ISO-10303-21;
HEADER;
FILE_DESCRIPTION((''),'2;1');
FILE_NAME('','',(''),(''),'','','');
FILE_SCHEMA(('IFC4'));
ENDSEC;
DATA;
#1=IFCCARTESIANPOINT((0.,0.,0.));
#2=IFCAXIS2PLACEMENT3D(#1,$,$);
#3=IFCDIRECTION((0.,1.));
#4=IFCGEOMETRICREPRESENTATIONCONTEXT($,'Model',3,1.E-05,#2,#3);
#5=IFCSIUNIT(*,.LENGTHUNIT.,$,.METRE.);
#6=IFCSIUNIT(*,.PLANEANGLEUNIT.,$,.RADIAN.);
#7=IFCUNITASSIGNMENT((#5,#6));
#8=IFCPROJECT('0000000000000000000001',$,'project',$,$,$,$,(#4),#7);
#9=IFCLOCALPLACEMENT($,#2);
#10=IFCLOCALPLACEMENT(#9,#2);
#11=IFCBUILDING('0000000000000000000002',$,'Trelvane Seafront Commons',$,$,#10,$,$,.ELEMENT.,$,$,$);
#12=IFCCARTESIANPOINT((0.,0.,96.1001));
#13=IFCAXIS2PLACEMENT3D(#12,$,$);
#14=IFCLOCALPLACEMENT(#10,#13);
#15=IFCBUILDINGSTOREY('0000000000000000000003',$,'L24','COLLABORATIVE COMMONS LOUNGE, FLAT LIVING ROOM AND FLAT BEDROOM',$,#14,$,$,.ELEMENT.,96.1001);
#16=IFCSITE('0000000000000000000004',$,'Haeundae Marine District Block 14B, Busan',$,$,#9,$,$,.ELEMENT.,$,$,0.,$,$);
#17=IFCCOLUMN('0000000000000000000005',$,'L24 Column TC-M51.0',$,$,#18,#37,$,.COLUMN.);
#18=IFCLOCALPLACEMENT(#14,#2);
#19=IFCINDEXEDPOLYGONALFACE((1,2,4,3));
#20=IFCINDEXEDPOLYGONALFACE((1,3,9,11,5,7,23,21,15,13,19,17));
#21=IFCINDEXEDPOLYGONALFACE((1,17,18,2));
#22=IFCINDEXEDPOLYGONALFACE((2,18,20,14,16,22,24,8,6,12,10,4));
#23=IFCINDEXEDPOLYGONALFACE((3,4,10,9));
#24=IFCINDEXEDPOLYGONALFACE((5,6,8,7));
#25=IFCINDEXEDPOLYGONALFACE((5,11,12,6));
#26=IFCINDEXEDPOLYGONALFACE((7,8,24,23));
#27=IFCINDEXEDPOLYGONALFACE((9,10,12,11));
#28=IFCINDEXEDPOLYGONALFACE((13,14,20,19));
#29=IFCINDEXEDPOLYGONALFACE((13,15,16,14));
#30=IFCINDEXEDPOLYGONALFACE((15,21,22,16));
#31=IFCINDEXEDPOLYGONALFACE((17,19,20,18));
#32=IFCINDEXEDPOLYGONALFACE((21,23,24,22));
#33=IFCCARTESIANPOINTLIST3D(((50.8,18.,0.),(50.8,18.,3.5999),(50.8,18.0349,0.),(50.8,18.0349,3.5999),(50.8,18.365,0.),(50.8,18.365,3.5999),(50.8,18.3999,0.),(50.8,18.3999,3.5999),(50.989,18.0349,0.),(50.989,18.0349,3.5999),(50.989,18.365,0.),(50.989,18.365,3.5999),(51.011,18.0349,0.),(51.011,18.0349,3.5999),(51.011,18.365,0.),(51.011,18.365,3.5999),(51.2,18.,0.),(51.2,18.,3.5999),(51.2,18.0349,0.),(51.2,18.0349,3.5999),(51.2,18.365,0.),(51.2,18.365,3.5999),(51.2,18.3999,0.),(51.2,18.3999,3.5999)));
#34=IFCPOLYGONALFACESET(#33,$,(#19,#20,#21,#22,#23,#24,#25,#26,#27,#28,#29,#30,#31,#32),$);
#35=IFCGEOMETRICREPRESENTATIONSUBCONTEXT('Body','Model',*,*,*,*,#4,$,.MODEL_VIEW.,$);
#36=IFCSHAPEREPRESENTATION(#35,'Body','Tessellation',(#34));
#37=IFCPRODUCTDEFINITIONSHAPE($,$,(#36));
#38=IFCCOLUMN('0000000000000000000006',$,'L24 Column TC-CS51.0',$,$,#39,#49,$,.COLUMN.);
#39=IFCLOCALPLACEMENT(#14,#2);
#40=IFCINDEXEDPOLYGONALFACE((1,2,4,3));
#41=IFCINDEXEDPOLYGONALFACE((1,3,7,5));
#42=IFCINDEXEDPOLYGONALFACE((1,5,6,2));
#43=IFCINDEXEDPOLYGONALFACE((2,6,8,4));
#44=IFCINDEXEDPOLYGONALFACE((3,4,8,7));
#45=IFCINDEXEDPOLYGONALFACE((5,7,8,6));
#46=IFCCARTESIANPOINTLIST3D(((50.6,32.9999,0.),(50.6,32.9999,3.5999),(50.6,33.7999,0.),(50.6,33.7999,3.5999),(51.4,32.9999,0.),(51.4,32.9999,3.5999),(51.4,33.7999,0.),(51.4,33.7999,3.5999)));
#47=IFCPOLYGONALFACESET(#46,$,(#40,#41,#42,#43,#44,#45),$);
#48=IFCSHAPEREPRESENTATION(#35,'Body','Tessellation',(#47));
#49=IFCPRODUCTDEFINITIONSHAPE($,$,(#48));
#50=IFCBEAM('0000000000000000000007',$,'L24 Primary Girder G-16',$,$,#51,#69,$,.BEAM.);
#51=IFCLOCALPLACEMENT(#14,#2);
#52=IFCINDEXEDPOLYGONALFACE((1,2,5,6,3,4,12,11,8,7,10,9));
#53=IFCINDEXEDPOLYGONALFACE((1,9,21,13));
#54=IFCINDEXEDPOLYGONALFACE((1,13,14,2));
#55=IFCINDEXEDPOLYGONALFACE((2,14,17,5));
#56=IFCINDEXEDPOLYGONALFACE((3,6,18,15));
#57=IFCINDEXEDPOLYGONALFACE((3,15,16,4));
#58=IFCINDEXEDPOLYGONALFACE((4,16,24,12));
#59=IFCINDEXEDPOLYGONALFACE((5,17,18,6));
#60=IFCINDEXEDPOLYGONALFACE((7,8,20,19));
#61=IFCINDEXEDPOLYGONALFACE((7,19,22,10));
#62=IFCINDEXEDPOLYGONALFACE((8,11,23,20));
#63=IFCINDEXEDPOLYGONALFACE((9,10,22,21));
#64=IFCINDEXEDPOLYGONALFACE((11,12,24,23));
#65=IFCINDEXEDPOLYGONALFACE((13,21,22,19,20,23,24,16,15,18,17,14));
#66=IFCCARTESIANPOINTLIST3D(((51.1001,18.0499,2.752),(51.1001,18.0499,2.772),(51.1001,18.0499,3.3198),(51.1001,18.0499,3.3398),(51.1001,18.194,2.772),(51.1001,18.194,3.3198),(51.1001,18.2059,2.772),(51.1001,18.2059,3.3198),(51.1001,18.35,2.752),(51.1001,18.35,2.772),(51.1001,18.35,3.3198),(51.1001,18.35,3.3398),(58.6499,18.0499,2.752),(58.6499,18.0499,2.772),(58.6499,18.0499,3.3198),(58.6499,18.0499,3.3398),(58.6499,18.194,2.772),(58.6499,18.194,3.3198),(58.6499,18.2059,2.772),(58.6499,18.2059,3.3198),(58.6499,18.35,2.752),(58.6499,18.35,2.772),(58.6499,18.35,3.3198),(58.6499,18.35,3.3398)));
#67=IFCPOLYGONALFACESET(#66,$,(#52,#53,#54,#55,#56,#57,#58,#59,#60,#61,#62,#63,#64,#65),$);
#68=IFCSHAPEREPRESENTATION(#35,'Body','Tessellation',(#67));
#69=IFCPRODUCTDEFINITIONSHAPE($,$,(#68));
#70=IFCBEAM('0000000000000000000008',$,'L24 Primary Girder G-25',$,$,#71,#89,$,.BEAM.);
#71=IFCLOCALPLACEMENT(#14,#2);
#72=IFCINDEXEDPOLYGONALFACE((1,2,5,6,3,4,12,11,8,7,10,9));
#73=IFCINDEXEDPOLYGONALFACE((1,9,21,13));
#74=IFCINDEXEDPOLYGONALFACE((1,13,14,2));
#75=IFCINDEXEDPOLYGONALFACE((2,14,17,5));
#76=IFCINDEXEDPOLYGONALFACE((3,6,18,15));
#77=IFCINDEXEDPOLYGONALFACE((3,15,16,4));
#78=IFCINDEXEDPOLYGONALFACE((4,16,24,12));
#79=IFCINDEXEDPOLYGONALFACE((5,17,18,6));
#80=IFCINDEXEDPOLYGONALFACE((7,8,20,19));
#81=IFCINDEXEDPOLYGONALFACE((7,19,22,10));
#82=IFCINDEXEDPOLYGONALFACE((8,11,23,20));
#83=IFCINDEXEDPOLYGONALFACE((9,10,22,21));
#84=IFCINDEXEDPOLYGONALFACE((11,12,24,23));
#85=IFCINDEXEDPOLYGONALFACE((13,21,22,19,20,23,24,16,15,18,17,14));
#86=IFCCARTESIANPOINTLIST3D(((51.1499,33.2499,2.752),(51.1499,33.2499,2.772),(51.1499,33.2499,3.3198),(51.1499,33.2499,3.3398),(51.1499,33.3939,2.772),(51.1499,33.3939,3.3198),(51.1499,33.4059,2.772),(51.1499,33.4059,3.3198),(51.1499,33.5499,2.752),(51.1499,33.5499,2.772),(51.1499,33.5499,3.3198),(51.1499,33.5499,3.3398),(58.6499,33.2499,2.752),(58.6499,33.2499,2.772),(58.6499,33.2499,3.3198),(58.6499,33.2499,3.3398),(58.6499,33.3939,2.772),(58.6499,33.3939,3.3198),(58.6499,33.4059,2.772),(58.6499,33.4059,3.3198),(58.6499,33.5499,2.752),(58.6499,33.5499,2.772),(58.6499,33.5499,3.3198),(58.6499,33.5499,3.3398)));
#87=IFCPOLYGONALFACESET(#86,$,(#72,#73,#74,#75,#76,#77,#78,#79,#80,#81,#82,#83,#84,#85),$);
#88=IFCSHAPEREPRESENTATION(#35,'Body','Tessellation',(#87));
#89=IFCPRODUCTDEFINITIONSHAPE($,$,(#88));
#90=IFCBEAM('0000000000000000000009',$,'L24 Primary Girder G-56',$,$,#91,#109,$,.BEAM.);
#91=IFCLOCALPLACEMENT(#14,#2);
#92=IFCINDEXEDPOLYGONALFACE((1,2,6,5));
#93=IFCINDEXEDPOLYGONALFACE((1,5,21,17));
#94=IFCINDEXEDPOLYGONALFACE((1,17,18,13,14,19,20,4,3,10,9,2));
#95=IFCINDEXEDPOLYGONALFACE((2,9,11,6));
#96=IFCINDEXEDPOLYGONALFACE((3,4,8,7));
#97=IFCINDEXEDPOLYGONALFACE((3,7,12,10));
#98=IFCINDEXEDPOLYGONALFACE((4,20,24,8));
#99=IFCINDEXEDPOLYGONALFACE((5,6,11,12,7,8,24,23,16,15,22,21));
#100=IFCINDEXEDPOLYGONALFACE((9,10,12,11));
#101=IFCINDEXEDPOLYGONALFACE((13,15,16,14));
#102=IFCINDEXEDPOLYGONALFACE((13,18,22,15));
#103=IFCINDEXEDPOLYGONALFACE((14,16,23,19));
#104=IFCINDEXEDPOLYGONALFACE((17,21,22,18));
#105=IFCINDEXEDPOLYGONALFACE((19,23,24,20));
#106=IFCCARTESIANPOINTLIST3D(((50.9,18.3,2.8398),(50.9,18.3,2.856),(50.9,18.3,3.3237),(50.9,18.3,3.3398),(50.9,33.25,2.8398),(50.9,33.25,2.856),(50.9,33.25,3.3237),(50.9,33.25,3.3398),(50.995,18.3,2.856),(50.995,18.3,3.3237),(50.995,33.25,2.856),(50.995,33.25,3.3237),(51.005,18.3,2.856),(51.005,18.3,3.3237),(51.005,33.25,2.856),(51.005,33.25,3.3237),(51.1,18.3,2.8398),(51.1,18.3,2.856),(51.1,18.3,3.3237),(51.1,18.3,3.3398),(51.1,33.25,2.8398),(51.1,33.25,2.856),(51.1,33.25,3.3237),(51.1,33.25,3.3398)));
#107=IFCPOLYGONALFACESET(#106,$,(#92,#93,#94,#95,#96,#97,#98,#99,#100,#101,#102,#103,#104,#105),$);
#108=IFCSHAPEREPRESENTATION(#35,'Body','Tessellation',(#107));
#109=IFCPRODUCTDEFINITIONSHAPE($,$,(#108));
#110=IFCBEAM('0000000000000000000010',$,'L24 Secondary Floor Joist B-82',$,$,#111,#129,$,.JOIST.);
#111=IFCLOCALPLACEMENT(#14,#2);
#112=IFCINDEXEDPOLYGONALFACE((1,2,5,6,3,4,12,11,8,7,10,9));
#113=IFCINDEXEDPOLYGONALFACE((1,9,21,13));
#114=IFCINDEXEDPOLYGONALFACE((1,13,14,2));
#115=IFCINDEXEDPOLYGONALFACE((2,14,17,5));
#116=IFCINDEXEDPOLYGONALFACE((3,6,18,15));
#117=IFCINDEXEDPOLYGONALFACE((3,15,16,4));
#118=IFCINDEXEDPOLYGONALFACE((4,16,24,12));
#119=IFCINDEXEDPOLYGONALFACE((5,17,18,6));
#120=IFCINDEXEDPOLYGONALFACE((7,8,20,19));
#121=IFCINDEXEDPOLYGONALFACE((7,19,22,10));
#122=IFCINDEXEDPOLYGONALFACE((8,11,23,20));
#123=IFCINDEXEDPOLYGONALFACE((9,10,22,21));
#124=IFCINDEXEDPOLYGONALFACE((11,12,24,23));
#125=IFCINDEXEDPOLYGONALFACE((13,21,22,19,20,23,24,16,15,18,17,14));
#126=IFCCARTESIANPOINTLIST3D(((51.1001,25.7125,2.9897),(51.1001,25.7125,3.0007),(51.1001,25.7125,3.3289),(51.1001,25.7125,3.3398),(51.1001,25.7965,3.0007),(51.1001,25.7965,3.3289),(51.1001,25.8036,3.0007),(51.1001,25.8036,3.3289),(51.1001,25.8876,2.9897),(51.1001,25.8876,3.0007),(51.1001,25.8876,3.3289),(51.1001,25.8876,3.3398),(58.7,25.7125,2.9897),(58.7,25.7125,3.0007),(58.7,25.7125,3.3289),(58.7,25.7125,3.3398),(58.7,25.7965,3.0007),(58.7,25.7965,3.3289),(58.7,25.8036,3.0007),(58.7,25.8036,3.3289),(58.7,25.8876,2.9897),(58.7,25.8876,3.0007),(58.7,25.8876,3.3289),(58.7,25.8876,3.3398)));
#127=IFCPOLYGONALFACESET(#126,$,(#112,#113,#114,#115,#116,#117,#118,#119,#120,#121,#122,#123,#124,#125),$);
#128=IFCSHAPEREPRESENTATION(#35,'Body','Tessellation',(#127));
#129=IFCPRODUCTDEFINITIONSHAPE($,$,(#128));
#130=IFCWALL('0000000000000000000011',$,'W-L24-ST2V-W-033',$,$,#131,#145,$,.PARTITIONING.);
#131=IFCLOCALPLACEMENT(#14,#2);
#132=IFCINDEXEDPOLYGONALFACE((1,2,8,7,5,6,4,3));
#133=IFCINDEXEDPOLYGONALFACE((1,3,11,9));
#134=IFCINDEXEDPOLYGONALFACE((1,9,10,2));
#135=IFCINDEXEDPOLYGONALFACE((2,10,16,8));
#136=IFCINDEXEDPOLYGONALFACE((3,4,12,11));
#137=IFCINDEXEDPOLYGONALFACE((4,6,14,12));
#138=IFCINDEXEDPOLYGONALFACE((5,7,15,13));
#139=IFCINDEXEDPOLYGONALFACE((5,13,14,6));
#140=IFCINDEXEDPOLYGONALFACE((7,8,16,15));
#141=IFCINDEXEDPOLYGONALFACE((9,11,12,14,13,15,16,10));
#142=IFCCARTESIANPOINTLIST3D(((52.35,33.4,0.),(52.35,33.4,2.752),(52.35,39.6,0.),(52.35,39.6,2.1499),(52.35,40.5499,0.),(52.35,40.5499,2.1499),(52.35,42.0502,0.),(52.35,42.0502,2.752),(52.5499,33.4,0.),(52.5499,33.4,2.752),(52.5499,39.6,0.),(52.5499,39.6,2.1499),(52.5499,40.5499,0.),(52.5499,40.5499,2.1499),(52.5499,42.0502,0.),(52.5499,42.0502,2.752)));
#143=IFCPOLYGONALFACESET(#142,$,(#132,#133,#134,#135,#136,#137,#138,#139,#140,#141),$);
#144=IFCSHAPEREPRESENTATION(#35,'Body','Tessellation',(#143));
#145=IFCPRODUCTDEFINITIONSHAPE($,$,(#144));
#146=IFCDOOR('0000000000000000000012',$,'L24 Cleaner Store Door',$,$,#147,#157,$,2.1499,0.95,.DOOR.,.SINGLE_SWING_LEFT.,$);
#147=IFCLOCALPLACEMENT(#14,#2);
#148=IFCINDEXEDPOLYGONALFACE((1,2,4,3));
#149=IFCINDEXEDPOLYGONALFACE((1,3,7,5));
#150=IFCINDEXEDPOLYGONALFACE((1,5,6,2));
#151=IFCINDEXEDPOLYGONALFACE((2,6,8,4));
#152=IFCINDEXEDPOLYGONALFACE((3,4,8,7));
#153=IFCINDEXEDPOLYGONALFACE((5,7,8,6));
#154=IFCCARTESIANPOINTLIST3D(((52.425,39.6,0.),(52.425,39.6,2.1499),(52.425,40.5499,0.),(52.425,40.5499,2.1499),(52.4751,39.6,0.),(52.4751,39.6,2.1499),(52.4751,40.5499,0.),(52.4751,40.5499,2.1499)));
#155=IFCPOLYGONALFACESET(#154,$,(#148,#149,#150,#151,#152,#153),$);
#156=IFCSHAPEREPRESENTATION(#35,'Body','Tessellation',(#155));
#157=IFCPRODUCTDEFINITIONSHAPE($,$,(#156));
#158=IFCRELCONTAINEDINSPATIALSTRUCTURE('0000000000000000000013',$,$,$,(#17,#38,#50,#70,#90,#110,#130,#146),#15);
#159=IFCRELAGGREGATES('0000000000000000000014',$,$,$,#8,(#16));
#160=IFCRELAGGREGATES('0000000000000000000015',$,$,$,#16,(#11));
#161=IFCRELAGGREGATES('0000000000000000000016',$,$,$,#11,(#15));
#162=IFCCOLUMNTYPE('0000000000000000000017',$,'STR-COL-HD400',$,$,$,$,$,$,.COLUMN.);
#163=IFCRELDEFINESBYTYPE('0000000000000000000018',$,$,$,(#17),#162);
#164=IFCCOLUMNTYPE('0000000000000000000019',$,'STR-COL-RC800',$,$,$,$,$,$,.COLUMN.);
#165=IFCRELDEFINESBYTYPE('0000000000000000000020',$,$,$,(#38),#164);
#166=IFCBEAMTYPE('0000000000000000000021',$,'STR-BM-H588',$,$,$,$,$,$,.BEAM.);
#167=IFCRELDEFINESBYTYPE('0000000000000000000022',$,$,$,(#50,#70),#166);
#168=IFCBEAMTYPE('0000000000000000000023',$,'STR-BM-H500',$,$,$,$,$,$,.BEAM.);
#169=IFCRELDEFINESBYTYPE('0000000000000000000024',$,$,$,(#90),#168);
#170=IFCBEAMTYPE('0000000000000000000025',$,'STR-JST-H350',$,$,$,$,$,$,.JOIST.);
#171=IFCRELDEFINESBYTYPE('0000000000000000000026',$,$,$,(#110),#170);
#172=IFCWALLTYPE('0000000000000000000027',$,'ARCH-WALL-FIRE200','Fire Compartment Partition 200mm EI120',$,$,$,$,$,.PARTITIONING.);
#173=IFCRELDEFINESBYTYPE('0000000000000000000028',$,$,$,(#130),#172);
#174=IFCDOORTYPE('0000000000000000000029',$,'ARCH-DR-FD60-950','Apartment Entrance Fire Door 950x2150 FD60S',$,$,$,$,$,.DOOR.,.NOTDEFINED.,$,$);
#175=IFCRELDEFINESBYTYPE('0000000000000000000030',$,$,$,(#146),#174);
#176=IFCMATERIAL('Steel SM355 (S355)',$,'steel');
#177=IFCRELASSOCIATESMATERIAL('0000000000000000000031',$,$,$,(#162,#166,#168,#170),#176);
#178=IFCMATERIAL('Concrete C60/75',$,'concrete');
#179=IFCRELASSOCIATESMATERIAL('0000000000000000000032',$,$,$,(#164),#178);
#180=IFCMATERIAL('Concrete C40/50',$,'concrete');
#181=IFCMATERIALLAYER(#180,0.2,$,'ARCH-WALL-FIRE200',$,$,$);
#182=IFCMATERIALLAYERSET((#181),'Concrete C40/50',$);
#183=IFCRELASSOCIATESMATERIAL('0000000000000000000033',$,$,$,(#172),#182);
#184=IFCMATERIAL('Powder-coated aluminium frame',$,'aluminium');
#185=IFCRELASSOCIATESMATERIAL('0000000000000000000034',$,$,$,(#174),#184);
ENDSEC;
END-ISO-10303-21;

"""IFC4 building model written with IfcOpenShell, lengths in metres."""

from ifc_helpers import new_model, si_unit, direction, frame, frame_2d, origin, origin_2d, place, context, subcontext, project, spatial, rectangle, i_section, extrude, source, transform, mapped, material, layer, layer_set, material_profile, profile_set, type_object, element, fill, save


model = new_model("IFC4")

# Units and contexts
model_context = context("Model", 3, precision=1e-05, world=origin(), true_north=direction((0.0, 1.0)))
body_context = subcontext(model_context, "Body", "Model", "MODEL_VIEW")
ifc_project = project(units=[si_unit("LENGTHUNIT", "METRE"), si_unit("PLANEANGLEUNIT", "RADIAN")], contexts=[model_context])

# Site, building, storey
site_placement = place(None, origin())
site = spatial("IfcSite", under=ifc_project, at=site_placement, Name="Haeundae Marine District Block 14B, Busan", CompositionType="ELEMENT", RefElevation=0.0)
building_placement = place(site_placement, origin())
building = spatial("IfcBuilding", under=site, at=building_placement, Name="Trelvane Seafront Commons", CompositionType="ELEMENT")
storey_placement = place(building_placement, frame((0.0, 0.0, 96.1001)))
storey = spatial("IfcBuildingStorey", under=building, at=storey_placement, Name="L24", Description="COLLABORATIVE COMMONS LOUNGE, FLAT LIVING ROOM AND FLAT BEDROOM", CompositionType="ELEMENT", Elevation=96.1001)

# Columns
ifc_material_1 = material(Name="Steel SM355 (S355)", Category="steel")
ifc_material_profile_1 = material_profile(ifc_material_1, i_section(OverallWidth=0.3999, OverallDepth=0.3999, WebThickness=0.022, FlangeThickness=0.0349, at=origin_2d()), Name="HD-400x400x22x35")
ifc_profile_set_1 = profile_set([ifc_material_profile_1], Name="Steel SM355 (S355)")
column_type_1 = type_object("IfcColumnType", Name="STR-COL-HD400", PredefinedType="COLUMN", material=ifc_profile_set_1)
shared_shape_1 = source(origin(), body_context, "Body", "SweptSolid", [
    extrude(i_section(OverallWidth=0.3999, OverallDepth=0.3999, WebThickness=0.022, FlangeThickness=0.0349, at=origin_2d()), origin(), (0.0, 0.0, 1.0), 3.5999),
])
column_1_placement = place(storey_placement, frame((51.0, 18.2, 0.0), z_axis=(0.0, 0.0, 1.0), x_axis=(1.0, 0.0, 0.0)))
element("IfcColumn", 1, at=column_1_placement, inside=storey, type_object=column_type_1, Name="L24 Column TC-M51.0", PredefinedType="COLUMN", context=body_context, shape_type="MappedRepresentation", body=[
    mapped(shared_shape_1, transform((0.0, 0.0, 0.0), x_axis=(1.0, 0.0, 0.0), y_axis=(0.0, 1.0, 0.0), z_axis=(0.0, 0.0, 1.0), scale=1.0)),
])
ifc_material_2 = material(Name="Concrete C60/75", Category="concrete")
ifc_material_profile_2 = material_profile(ifc_material_2, rectangle(XDim=0.8, YDim=0.8, at=origin_2d()), Name="RC-800x800")
ifc_profile_set_2 = profile_set([ifc_material_profile_2], Name="Concrete C60/75")
column_type_2 = type_object("IfcColumnType", Name="STR-COL-RC800", PredefinedType="COLUMN", material=ifc_profile_set_2)
shared_shape_2 = source(origin(), body_context, "Body", "SweptSolid", [
    extrude(rectangle(XDim=0.8, YDim=0.8, at=origin_2d()), origin(), (0.0, 0.0, 1.0), 3.5999),
])
column_2_placement = place(storey_placement, frame((51.0, 33.3999, 0.0), z_axis=(0.0, 0.0, 1.0), x_axis=(1.0, 0.0, 0.0)))
element("IfcColumn", 2, at=column_2_placement, inside=storey, type_object=column_type_2, Name="L24 Column TC-CS51.0", PredefinedType="COLUMN", context=body_context, shape_type="MappedRepresentation", body=[
    mapped(shared_shape_2, transform((0.0, 0.0, 0.0), x_axis=(1.0, 0.0, 0.0), y_axis=(0.0, 1.0, 0.0), z_axis=(0.0, 0.0, 1.0), scale=1.0)),
])

# Beams
ifc_material_profile_3 = material_profile(ifc_material_1, i_section(OverallWidth=0.3, OverallDepth=0.5879, WebThickness=0.012, FlangeThickness=0.02, at=origin_2d()), Name="H-588x300x12x20")
ifc_profile_set_3 = profile_set([ifc_material_profile_3], Name="Steel SM355 (S355)")
beam_type_1 = type_object("IfcBeamType", Name="STR-BM-H588", PredefinedType="BEAM", material=ifc_profile_set_3)
shared_shape_3 = source(origin(), body_context, "Body", "SweptSolid", [
    extrude(i_section(OverallWidth=0.3, OverallDepth=0.5879, WebThickness=0.012, FlangeThickness=0.02, at=origin_2d()), origin(), (0.0, 0.0, 1.0), 7.5498),
])
beam_1_placement = place(storey_placement, frame((51.1001, 18.2, 3.0459), z_axis=(1.0, 0.0, 0.0), x_axis=(0.0, 1.0, 0.0)))
element("IfcBeam", 3, at=beam_1_placement, inside=storey, type_object=beam_type_1, Name="L24 Primary Girder G-16", PredefinedType="BEAM", context=body_context, shape_type="MappedRepresentation", body=[
    mapped(shared_shape_3, transform((0.0, 0.0, 0.0), x_axis=(1.0, 0.0, 0.0), y_axis=(0.0, 1.0, 0.0), z_axis=(0.0, 0.0, 1.0), scale=1.0)),
])
shared_shape_4 = source(origin(), body_context, "Body", "SweptSolid", [
    extrude(i_section(OverallWidth=0.3, OverallDepth=0.5879, WebThickness=0.012, FlangeThickness=0.02, at=origin_2d()), origin(), (0.0, 0.0, 1.0), 7.5),
])
beam_2_placement = place(storey_placement, frame((51.1499, 33.3999, 3.0459), z_axis=(1.0, 0.0, 0.0), x_axis=(0.0, 1.0, 0.0)))
element("IfcBeam", 4, at=beam_2_placement, inside=storey, type_object=beam_type_1, Name="L24 Primary Girder G-25", PredefinedType="BEAM", context=body_context, shape_type="MappedRepresentation", body=[
    mapped(shared_shape_4, transform((0.0, 0.0, 0.0), x_axis=(1.0, 0.0, 0.0), y_axis=(0.0, 1.0, 0.0), z_axis=(0.0, 0.0, 1.0), scale=1.0)),
])
ifc_material_profile_4 = material_profile(ifc_material_1, i_section(OverallWidth=0.2, OverallDepth=0.5, WebThickness=0.01, FlangeThickness=0.0161, at=origin_2d()), Name="H-500x200x10x16")
ifc_profile_set_4 = profile_set([ifc_material_profile_4], Name="Steel SM355 (S355)")
beam_type_2 = type_object("IfcBeamType", Name="STR-BM-H500", PredefinedType="BEAM", material=ifc_profile_set_4)
shared_shape_5 = source(origin(), body_context, "Body", "SweptSolid", [
    extrude(i_section(OverallWidth=0.2, OverallDepth=0.5, WebThickness=0.01, FlangeThickness=0.0161, at=origin_2d()), origin(), (0.0, 0.0, 1.0), 14.95),
])
beam_3_placement = place(storey_placement, frame((51.0, 18.3, 3.0898), z_axis=(0.0, 1.0, 0.0), x_axis=(-1.0, 0.0, 0.0)))
element("IfcBeam", 5, at=beam_3_placement, inside=storey, type_object=beam_type_2, Name="L24 Primary Girder G-56", PredefinedType="BEAM", context=body_context, shape_type="MappedRepresentation", body=[
    mapped(shared_shape_5, transform((0.0, 0.0, 0.0), x_axis=(1.0, 0.0, 0.0), y_axis=(0.0, 1.0, 0.0), z_axis=(0.0, 0.0, 1.0), scale=1.0)),
])
ifc_material_profile_5 = material_profile(ifc_material_1, i_section(OverallWidth=0.175, OverallDepth=0.3501, WebThickness=0.0071, FlangeThickness=0.011, at=origin_2d()), Name="H-350x175x7x11")
ifc_profile_set_5 = profile_set([ifc_material_profile_5], Name="Steel SM355 (S355)")
beam_type_3 = type_object("IfcBeamType", Name="STR-JST-H350", PredefinedType="JOIST", material=ifc_profile_set_5)
shared_shape_6 = source(origin(), body_context, "Body", "SweptSolid", [
    extrude(i_section(OverallWidth=0.175, OverallDepth=0.3501, WebThickness=0.0071, FlangeThickness=0.011, at=origin_2d()), origin(), (0.0, 0.0, 1.0), 7.5999),
])
beam_4_placement = place(storey_placement, frame((51.1001, 25.8, 3.1648), z_axis=(1.0, 0.0, 0.0), x_axis=(0.0, 1.0, 0.0)))
element("IfcBeam", 6, at=beam_4_placement, inside=storey, type_object=beam_type_3, Name="L24 Secondary Floor Joist B-82", PredefinedType="JOIST", context=body_context, shape_type="MappedRepresentation", body=[
    mapped(shared_shape_6, transform((0.0, 0.0, 0.0), x_axis=(1.0, 0.0, 0.0), y_axis=(0.0, 1.0, 0.0), z_axis=(0.0, 0.0, 1.0), scale=1.0)),
])

# Wall, opening, door
ifc_material_3 = material(Name="Concrete C40/50", Category="concrete")
ifc_layer_1 = layer(ifc_material_3, 0.2, Name="ARCH-WALL-FIRE200")
ifc_layer_set_1 = layer_set([ifc_layer_1], Name="Concrete C40/50")
wall_type_1 = type_object("IfcWallType", Name="ARCH-WALL-FIRE200", Description="Fire Compartment Partition 200mm EI120", PredefinedType="PARTITIONING", material=ifc_layer_set_1)
wall_1_placement = place(storey_placement, frame((52.45, 33.3999, 0.0), z_axis=(0.0, 0.0, 1.0), x_axis=(0.0, 1.0, 0.0)))
wall_1 = element("IfcWall", 7, at=wall_1_placement, inside=storey, type_object=wall_type_1, Name="W-L24-ST2V-W-033", PredefinedType="PARTITIONING", context=body_context, shape_type="SweptSolid", body=[
    extrude(rectangle(XDim=8.6501, YDim=0.2, at=frame_2d((4.3252, 0.0))), origin(), (0.0, 0.0, 1.0), 2.752),
])
opening_1_placement = place(wall_1_placement, frame((6.2, 0.0, 0.0)))
opening_1 = element("IfcOpeningElement", 8, at=opening_1_placement, cuts=wall_1, PredefinedType="OPENING", context=body_context, shape_type="SweptSolid", body=[
    extrude(rectangle(XDim=0.95, YDim=2.1499, at=frame_2d((0.4751, 1.075))), frame((0.0, 0.1099, 0.0), z_axis=(0.0, -1.0, 0.0), x_axis=(1.0, 0.0, 0.0)), (0.0, 0.0, 1.0), 0.22),
])
ifc_material_4 = material(Name="Powder-coated aluminium frame", Category="aluminium")
door_type_1 = type_object("IfcDoorType", Name="ARCH-DR-FD60-950", Description="Apartment Entrance Fire Door 950x2150 FD60S", OperationType="NOTDEFINED", PredefinedType="DOOR", material=ifc_material_4)
shared_shape_7 = source(origin(), body_context, "Body", "SweptSolid", [
    extrude(rectangle(XDim=0.95, YDim=2.1499, at=frame_2d((0.4751, 1.075))), frame((0.0, 0.0249, 0.0), z_axis=(0.0, -1.0, 0.0), x_axis=(1.0, 0.0, 0.0)), (0.0, 0.0, 1.0), 0.05),
])
door_1_placement = place(opening_1_placement, origin())
door_1 = element("IfcDoor", 9, at=door_1_placement, inside=storey, type_object=door_type_1, Name="L24 Cleaner Store Door", OperationType="SINGLE_SWING_LEFT", OverallHeight=2.1499, OverallWidth=0.95, PredefinedType="DOOR", context=body_context, shape_type="MappedRepresentation", body=[
    mapped(shared_shape_7, transform((0.0, 0.0, 0.0), x_axis=(1.0, 0.0, 0.0), y_axis=(0.0, 1.0, 0.0), z_axis=(0.0, 0.0, 1.0), scale=1.0)),
])
fill(opening_1, door_1)

save(model, "model.ifc")
